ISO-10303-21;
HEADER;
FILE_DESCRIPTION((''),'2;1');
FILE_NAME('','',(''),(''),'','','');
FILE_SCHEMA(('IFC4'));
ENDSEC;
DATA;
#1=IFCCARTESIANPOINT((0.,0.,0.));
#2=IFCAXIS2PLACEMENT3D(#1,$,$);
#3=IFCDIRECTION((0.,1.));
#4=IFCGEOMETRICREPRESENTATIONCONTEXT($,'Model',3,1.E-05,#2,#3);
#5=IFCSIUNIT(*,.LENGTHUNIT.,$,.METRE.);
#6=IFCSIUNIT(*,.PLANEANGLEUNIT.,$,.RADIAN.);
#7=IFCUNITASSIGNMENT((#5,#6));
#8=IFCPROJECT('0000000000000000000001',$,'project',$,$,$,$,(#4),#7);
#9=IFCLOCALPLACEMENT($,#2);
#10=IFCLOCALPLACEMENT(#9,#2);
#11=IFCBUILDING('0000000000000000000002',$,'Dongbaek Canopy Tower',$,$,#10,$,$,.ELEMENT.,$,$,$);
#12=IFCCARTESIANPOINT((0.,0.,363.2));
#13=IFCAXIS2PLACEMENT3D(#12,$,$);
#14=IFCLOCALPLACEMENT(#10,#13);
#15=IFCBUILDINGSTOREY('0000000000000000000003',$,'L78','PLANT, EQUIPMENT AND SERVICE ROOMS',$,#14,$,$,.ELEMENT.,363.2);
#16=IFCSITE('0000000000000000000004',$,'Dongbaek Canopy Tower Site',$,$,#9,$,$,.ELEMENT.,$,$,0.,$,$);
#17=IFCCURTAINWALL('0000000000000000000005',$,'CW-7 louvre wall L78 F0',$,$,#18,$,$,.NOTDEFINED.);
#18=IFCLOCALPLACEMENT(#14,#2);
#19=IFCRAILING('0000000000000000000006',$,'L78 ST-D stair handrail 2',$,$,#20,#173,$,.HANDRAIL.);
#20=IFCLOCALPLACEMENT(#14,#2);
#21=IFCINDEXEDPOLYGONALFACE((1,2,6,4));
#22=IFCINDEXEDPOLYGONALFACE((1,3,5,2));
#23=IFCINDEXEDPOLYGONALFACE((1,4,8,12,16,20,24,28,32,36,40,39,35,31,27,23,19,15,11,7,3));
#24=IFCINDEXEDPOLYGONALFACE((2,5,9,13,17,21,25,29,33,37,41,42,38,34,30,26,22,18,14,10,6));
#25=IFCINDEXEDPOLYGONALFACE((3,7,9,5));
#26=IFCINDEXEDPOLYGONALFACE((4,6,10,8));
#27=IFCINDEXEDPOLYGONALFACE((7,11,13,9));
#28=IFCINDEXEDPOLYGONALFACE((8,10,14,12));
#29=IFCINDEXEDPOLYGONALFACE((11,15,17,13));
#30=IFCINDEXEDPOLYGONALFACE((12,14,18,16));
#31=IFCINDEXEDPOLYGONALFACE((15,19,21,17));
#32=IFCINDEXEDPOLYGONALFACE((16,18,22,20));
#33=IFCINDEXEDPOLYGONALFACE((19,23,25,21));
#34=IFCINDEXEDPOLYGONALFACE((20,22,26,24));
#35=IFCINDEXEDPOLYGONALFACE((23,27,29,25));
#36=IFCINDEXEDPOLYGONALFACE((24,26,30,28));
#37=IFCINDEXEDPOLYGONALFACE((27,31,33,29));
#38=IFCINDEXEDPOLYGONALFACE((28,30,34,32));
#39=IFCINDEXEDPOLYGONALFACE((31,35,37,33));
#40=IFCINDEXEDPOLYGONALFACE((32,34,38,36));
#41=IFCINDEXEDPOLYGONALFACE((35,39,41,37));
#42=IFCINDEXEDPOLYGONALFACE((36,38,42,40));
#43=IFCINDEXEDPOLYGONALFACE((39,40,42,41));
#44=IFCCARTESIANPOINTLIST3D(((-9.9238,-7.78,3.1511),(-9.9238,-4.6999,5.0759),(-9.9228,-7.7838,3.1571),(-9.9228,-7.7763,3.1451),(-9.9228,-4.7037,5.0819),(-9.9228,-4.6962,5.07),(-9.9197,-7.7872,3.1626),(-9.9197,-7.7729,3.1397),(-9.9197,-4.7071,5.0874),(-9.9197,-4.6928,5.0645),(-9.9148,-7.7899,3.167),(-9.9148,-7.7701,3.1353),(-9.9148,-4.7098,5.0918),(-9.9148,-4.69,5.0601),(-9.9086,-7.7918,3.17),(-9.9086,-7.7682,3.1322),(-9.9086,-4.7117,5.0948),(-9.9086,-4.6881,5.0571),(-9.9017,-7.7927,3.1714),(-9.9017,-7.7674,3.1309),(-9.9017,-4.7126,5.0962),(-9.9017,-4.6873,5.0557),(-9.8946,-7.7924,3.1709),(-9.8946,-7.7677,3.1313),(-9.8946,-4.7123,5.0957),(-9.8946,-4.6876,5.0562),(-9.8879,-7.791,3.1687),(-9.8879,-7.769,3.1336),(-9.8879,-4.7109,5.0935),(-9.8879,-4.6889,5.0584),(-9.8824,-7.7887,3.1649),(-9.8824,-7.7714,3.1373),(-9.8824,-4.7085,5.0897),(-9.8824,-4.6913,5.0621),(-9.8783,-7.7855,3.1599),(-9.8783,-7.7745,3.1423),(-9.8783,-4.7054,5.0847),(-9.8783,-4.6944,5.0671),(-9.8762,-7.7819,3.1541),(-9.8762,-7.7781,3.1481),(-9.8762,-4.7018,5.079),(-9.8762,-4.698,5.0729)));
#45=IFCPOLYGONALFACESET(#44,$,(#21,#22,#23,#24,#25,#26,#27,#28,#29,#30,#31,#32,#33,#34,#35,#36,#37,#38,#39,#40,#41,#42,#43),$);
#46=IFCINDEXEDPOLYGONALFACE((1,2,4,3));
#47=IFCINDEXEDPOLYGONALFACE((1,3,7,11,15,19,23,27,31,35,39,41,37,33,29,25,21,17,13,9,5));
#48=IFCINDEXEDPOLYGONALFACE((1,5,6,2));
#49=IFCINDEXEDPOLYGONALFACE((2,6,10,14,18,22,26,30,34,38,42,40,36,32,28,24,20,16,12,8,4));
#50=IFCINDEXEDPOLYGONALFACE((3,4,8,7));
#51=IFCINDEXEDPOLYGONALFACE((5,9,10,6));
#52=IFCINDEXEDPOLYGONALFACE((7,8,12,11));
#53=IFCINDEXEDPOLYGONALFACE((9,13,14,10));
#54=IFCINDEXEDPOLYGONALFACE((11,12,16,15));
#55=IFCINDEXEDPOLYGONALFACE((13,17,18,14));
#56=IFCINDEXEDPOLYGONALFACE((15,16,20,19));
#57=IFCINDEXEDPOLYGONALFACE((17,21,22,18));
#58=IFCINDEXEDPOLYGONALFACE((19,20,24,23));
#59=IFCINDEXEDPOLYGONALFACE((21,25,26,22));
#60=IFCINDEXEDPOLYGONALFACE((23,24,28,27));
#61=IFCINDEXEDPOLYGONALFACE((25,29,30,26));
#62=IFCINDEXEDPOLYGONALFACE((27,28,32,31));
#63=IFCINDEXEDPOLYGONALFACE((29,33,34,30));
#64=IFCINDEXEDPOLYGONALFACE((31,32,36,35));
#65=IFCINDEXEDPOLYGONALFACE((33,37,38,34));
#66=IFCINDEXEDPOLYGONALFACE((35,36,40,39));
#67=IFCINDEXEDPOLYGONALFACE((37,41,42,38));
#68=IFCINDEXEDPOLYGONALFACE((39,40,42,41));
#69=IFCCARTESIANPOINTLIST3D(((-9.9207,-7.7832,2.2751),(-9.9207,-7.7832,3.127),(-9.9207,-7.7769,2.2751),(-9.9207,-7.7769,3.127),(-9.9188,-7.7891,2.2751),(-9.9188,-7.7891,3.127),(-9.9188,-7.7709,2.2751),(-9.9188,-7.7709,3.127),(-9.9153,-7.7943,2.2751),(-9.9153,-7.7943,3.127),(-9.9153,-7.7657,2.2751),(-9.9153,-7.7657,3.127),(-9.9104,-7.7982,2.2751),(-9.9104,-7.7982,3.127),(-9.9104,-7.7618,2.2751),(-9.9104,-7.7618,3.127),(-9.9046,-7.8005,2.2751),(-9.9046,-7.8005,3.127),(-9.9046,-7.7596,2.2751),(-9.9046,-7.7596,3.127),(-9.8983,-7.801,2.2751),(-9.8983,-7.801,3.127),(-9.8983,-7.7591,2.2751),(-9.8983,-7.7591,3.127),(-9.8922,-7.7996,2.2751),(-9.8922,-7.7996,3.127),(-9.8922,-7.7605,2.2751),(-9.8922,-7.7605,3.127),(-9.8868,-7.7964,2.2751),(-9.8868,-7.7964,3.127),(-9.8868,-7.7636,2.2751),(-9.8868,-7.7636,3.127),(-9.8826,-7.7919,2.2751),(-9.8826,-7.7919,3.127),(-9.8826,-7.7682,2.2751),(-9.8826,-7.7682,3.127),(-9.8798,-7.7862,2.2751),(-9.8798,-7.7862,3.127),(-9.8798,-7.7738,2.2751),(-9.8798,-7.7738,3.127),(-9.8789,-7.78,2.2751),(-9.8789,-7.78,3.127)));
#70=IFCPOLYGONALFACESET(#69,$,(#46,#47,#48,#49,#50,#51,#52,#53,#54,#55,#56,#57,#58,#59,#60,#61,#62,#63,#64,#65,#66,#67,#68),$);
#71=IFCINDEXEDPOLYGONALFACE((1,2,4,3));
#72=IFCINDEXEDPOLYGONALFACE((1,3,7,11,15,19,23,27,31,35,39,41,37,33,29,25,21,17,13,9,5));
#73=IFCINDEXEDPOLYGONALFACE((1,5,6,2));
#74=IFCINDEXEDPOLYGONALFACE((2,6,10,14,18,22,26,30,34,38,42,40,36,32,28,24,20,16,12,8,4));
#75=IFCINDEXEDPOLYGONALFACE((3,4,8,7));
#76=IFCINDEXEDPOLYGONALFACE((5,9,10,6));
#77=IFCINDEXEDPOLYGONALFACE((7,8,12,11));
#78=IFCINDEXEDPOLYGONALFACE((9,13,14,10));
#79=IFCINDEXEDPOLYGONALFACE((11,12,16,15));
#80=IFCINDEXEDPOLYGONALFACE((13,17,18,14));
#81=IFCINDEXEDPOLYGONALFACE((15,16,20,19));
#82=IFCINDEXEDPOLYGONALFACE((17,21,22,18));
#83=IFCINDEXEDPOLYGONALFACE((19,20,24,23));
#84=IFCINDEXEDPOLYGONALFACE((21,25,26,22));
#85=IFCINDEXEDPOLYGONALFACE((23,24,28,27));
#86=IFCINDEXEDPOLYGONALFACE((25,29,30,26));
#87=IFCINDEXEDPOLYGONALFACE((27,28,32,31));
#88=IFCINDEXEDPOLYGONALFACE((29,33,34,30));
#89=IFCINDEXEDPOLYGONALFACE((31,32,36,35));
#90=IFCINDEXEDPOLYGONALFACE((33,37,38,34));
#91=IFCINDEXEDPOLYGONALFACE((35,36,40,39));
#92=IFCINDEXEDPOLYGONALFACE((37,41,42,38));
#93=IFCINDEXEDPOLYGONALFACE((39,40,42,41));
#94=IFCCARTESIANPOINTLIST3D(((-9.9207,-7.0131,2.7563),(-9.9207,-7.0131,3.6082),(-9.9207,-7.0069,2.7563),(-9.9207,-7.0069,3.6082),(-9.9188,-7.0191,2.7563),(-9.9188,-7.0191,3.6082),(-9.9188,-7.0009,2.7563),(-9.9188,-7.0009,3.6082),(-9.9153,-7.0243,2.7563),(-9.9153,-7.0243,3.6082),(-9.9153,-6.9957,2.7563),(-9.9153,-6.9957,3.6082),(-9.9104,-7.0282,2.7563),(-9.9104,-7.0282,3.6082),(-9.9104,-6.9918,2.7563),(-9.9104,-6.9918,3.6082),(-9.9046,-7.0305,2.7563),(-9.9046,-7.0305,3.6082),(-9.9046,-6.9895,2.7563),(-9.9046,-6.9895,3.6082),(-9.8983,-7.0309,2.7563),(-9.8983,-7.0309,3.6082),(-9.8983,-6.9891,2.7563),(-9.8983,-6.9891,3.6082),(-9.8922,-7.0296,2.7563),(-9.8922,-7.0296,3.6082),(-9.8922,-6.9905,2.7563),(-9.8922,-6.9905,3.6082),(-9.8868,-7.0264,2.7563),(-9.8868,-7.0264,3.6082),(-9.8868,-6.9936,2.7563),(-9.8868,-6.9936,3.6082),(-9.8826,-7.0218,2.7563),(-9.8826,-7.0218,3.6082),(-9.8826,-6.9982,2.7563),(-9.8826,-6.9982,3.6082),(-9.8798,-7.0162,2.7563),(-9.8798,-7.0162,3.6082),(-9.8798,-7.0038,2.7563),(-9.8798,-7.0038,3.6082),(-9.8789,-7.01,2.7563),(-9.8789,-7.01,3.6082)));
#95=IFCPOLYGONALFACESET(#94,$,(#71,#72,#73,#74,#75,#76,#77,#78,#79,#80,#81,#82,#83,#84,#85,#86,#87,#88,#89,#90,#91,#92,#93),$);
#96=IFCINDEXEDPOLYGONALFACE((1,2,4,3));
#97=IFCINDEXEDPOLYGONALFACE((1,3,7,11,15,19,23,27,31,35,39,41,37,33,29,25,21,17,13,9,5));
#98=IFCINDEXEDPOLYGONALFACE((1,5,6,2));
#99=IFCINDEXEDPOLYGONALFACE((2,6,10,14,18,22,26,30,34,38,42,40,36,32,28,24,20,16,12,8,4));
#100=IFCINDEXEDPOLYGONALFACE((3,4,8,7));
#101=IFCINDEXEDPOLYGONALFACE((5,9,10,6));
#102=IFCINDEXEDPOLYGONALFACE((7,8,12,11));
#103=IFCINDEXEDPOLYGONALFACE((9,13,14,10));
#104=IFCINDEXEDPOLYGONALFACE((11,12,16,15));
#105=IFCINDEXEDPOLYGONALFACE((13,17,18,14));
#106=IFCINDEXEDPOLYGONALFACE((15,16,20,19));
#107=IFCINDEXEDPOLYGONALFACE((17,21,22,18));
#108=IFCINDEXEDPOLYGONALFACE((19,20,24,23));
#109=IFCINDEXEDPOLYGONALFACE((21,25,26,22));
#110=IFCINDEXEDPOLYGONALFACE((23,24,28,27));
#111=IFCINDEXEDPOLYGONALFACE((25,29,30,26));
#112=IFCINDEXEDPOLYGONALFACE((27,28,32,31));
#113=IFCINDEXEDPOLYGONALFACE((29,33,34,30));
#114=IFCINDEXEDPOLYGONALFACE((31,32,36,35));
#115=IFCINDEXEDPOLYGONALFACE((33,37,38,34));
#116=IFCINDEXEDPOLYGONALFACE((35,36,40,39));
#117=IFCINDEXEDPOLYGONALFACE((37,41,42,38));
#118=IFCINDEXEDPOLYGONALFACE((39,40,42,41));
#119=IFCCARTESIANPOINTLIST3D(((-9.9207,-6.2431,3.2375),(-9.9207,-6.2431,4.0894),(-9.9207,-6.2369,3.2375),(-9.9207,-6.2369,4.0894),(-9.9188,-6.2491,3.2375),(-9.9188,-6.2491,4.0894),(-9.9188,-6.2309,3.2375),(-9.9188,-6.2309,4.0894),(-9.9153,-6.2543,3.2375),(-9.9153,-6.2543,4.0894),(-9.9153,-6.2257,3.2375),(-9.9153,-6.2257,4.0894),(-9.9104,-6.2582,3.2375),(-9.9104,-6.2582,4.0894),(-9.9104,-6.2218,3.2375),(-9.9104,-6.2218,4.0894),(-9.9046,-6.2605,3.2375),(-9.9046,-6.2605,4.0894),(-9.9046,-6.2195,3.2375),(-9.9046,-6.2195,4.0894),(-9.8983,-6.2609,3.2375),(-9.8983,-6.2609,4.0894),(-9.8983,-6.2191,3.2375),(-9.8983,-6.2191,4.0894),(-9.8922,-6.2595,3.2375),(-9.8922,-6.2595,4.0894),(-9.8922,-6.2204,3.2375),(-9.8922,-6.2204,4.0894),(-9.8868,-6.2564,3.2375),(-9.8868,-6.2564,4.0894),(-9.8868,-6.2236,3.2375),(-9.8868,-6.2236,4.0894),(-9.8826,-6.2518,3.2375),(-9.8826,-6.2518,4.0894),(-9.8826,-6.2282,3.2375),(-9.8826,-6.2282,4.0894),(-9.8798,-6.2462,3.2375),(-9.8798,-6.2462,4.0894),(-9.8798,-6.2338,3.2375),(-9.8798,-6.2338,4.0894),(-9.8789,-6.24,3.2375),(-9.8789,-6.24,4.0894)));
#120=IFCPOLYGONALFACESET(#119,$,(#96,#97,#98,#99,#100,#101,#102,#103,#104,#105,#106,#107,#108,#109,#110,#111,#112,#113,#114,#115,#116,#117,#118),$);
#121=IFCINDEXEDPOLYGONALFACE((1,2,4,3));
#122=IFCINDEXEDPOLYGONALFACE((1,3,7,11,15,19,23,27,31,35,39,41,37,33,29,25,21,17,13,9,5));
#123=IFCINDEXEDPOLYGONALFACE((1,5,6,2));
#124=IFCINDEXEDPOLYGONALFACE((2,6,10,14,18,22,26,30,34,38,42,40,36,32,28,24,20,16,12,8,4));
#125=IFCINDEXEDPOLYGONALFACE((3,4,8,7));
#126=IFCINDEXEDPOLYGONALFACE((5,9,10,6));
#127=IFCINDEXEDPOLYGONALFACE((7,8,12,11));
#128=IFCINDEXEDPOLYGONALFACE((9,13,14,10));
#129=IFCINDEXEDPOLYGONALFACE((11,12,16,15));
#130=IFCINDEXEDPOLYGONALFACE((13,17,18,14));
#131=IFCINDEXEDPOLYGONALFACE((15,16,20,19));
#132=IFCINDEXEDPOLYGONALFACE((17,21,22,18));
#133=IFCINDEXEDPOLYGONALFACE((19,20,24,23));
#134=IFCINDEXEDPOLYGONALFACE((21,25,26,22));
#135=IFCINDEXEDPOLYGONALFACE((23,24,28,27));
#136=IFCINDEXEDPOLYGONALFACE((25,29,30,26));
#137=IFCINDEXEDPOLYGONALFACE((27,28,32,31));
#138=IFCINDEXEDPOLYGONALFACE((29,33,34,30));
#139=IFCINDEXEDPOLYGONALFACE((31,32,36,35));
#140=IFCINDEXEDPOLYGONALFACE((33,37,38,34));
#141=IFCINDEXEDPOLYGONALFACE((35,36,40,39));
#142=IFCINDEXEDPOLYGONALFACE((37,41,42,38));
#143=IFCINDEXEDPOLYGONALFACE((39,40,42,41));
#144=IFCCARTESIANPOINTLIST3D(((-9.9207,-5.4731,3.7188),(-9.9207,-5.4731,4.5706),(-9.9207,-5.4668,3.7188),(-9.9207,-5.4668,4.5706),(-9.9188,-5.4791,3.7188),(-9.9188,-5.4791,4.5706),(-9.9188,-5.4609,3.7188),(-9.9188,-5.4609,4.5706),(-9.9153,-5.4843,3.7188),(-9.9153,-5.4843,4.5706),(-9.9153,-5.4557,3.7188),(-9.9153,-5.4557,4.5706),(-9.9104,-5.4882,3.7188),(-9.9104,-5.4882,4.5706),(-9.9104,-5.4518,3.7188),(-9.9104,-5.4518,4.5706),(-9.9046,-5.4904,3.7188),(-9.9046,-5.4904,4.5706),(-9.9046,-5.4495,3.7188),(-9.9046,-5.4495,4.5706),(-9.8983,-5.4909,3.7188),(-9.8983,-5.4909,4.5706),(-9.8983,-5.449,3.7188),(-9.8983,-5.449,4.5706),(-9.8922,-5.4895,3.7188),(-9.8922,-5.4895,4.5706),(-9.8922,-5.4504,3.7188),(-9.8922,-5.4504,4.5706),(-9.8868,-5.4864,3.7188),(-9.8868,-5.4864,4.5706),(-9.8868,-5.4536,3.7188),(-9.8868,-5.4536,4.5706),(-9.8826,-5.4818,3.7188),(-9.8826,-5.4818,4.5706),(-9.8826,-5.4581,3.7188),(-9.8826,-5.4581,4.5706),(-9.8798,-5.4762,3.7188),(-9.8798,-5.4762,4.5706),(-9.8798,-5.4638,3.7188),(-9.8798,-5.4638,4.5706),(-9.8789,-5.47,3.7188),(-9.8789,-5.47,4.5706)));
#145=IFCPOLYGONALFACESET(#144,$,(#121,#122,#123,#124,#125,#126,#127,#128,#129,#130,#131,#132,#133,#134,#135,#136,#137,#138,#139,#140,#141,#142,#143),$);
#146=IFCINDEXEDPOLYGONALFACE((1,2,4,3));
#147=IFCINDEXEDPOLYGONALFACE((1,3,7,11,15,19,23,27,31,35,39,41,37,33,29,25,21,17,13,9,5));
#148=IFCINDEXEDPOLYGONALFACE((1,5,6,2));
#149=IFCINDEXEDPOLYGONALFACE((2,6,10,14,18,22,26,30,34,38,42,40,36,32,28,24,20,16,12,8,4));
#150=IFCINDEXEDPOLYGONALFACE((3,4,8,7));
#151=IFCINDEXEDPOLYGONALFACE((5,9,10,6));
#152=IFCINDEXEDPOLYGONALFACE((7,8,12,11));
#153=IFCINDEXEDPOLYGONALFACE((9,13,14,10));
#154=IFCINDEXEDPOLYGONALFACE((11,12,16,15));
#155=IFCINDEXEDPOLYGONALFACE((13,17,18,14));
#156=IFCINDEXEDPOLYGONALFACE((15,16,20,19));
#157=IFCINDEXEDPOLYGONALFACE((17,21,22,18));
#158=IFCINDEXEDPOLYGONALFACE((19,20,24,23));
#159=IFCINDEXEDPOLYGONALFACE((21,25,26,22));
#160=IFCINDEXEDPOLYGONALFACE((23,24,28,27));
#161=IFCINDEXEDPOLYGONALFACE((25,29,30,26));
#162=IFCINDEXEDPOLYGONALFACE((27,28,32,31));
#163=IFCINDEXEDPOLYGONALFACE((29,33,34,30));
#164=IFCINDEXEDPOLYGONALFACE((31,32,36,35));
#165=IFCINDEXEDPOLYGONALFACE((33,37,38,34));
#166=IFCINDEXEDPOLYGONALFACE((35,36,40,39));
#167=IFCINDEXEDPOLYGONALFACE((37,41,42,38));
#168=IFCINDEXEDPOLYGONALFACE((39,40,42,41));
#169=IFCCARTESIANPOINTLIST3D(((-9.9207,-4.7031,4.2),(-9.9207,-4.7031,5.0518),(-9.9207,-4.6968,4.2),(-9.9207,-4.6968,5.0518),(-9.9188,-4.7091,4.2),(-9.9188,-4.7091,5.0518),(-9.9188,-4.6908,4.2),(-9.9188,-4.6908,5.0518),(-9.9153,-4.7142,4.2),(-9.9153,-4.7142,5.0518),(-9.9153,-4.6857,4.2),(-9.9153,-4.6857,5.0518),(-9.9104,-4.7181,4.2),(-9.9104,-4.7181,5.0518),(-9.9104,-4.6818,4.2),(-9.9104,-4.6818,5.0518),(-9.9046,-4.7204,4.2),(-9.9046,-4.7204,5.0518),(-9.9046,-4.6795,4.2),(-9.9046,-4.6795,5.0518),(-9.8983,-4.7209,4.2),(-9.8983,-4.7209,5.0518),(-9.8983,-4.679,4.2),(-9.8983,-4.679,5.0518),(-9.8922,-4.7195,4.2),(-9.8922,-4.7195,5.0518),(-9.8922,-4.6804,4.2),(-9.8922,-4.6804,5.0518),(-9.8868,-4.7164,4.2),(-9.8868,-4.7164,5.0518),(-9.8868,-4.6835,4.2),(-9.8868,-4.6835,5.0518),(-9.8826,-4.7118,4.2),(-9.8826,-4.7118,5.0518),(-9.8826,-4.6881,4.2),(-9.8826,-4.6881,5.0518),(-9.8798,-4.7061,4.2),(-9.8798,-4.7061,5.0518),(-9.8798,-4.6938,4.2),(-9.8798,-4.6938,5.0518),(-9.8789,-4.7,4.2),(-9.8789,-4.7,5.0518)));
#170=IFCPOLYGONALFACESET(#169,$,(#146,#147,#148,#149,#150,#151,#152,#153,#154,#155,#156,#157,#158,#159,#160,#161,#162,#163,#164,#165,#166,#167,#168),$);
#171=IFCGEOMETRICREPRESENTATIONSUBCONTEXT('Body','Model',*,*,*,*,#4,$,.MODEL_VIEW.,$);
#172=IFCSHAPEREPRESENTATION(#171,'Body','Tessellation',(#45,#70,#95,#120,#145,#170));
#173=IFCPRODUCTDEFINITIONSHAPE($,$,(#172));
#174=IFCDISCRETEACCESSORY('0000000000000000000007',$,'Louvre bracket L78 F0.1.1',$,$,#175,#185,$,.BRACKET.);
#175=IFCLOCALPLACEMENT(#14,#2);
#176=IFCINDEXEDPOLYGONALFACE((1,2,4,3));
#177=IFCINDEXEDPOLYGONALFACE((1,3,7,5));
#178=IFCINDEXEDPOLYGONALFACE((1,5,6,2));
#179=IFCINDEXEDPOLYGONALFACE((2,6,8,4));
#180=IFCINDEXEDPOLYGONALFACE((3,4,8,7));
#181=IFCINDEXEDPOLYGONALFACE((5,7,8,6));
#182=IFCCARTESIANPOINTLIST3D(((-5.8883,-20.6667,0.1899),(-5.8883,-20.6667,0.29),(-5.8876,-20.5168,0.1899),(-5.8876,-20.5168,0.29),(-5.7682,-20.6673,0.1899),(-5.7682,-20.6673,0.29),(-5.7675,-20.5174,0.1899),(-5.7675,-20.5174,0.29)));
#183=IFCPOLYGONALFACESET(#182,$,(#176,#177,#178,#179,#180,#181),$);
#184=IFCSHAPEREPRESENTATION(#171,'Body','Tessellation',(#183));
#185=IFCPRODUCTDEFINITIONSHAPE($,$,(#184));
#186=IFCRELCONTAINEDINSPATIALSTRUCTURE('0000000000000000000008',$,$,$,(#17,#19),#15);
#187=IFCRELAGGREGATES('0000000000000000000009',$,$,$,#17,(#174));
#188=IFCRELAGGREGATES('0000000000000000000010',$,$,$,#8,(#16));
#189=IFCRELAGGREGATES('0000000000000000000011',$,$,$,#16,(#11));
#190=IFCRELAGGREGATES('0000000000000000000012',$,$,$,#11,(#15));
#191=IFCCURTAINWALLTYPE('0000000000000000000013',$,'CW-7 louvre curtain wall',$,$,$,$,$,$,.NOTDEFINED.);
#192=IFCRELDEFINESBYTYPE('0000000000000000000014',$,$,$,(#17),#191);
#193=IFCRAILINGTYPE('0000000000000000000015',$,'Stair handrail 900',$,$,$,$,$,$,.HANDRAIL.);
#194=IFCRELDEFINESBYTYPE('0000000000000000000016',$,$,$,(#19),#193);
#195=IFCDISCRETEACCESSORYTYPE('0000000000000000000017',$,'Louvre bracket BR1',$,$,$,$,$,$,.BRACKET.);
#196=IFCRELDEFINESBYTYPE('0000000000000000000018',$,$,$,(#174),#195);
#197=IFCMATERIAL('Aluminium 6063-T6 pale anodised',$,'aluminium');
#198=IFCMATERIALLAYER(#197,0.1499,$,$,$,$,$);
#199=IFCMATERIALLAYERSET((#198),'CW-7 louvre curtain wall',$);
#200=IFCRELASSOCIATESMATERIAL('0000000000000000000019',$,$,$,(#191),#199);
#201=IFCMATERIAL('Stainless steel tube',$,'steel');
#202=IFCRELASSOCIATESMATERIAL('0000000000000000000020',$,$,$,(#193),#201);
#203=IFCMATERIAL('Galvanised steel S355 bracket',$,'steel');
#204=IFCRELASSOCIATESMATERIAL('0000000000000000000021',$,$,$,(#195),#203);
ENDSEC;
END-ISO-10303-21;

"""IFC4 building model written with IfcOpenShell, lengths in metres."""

from ifc_helpers import new_model, si_unit, direction, frame, origin, origin_2d, place, context, subcontext, project, spatial, rectangle, circle, extrude, material, layer, layer_set, type_object, element, aggregate, save


model = new_model("IFC4")

# Units and contexts
model_context = context("Model", 3, precision=1e-05, world=origin(), true_north=direction((0.0, 1.0)))
body_context = subcontext(model_context, "Body", "Model", "MODEL_VIEW")
ifc_project = project(units=[si_unit("LENGTHUNIT", "METRE"), si_unit("PLANEANGLEUNIT", "RADIAN")], contexts=[model_context])

# Site, building, storey
site_placement = place(None, origin())
site = spatial("IfcSite", under=ifc_project, at=site_placement, Name="Dongbaek Canopy Tower Site", CompositionType="ELEMENT", RefElevation=0.0)
building_placement = place(site_placement, origin())
building = spatial("IfcBuilding", under=site, at=building_placement, Name="Dongbaek Canopy Tower", CompositionType="ELEMENT")
storey_placement = place(building_placement, frame((0.0, 0.0, 363.2)))
storey = spatial("IfcBuildingStorey", under=building, at=storey_placement, Name="L78", Description="PLANT, EQUIPMENT AND SERVICE ROOMS", CompositionType="ELEMENT", Elevation=363.2)

# Curtain wall
ifc_material_1 = material(Name="Aluminium 6063-T6 pale anodised", Category="aluminium")
ifc_layer_1 = layer(ifc_material_1, 0.1499)
ifc_layer_set_1 = layer_set([ifc_layer_1], Name="CW-7 louvre curtain wall")
curtain_wall_type = type_object("IfcCurtainWallType", Name="CW-7 louvre curtain wall", PredefinedType="NOTDEFINED", material=ifc_layer_set_1)
curtain_wall_1_placement = place(storey_placement, origin())
curtain_wall_1 = element("IfcCurtainWall", 1, at=curtain_wall_1_placement, inside=storey, type_object=curtain_wall_type, Name="CW-7 louvre wall L78 F0", PredefinedType="NOTDEFINED")

# Railing
ifc_material_2 = material(Name="Stainless steel tube", Category="steel")
railing_type_1 = type_object("IfcRailingType", Name="Stair handrail 900", PredefinedType="HANDRAIL", material=ifc_material_2)
railing_1_placement = place(storey_placement, frame((-9.8999, -7.78, 2.2751)))
element("IfcRailing", 2, at=railing_1_placement, inside=storey, type_object=railing_type_1, Name="L78 ST-D stair handrail 2", PredefinedType="HANDRAIL", context=body_context, shape_type="SweptSolid", body=[
    extrude(circle(Radius=0.0239, at=origin_2d()), frame((0.0, 0.0, 0.876), z_axis=(0.0, 0.848029, 0.529951), x_axis=(-1.0, 0.0, 0.0)), (0.0, 0.0, 1.0), 3.6321),
    extrude(circle(Radius=0.021, at=origin_2d()), origin(), (0.0, 0.0, 1.0), 0.8518),
    extrude(circle(Radius=0.021, at=origin_2d()), frame((0.0, 0.77, 0.4812)), (0.0, 0.0, 1.0), 0.8518),
    extrude(circle(Radius=0.021, at=origin_2d()), frame((0.0, 1.54, 0.9624)), (0.0, 0.0, 1.0), 0.8518),
    extrude(circle(Radius=0.021, at=origin_2d()), frame((0.0, 2.3101, 1.4436)), (0.0, 0.0, 1.0), 0.8518),
    extrude(circle(Radius=0.021, at=origin_2d()), frame((0.0, 3.0801, 1.9248)), (0.0, 0.0, 1.0), 0.8518),
])

# Discrete accessory
ifc_material_3 = material(Name="Galvanised steel S355 bracket", Category="steel")
discrete_accessory_type = type_object("IfcDiscreteAccessoryType", Name="Louvre bracket BR1", PredefinedType="BRACKET", material=ifc_material_3)
discrete_accessory_placement = place(storey_placement, frame((-5.8279, -20.592, 0.1899), z_axis=(0.0, 0.0, 1.0), x_axis=(0.99999, -0.004466, 0.0)))
discrete_accessory = element("IfcDiscreteAccessory", 3, at=discrete_accessory_placement, type_object=discrete_accessory_type, Name="Louvre bracket L78 F0.1.1", PredefinedType="BRACKET", context=body_context, shape_type="SweptSolid", body=[
    extrude(rectangle(XDim=0.1201, YDim=0.1499, at=origin_2d()), origin(), (0.0, 0.0, 1.0), 0.1001),
])
aggregate(curtain_wall_1, [discrete_accessory])

save(model, "model.ifc")
